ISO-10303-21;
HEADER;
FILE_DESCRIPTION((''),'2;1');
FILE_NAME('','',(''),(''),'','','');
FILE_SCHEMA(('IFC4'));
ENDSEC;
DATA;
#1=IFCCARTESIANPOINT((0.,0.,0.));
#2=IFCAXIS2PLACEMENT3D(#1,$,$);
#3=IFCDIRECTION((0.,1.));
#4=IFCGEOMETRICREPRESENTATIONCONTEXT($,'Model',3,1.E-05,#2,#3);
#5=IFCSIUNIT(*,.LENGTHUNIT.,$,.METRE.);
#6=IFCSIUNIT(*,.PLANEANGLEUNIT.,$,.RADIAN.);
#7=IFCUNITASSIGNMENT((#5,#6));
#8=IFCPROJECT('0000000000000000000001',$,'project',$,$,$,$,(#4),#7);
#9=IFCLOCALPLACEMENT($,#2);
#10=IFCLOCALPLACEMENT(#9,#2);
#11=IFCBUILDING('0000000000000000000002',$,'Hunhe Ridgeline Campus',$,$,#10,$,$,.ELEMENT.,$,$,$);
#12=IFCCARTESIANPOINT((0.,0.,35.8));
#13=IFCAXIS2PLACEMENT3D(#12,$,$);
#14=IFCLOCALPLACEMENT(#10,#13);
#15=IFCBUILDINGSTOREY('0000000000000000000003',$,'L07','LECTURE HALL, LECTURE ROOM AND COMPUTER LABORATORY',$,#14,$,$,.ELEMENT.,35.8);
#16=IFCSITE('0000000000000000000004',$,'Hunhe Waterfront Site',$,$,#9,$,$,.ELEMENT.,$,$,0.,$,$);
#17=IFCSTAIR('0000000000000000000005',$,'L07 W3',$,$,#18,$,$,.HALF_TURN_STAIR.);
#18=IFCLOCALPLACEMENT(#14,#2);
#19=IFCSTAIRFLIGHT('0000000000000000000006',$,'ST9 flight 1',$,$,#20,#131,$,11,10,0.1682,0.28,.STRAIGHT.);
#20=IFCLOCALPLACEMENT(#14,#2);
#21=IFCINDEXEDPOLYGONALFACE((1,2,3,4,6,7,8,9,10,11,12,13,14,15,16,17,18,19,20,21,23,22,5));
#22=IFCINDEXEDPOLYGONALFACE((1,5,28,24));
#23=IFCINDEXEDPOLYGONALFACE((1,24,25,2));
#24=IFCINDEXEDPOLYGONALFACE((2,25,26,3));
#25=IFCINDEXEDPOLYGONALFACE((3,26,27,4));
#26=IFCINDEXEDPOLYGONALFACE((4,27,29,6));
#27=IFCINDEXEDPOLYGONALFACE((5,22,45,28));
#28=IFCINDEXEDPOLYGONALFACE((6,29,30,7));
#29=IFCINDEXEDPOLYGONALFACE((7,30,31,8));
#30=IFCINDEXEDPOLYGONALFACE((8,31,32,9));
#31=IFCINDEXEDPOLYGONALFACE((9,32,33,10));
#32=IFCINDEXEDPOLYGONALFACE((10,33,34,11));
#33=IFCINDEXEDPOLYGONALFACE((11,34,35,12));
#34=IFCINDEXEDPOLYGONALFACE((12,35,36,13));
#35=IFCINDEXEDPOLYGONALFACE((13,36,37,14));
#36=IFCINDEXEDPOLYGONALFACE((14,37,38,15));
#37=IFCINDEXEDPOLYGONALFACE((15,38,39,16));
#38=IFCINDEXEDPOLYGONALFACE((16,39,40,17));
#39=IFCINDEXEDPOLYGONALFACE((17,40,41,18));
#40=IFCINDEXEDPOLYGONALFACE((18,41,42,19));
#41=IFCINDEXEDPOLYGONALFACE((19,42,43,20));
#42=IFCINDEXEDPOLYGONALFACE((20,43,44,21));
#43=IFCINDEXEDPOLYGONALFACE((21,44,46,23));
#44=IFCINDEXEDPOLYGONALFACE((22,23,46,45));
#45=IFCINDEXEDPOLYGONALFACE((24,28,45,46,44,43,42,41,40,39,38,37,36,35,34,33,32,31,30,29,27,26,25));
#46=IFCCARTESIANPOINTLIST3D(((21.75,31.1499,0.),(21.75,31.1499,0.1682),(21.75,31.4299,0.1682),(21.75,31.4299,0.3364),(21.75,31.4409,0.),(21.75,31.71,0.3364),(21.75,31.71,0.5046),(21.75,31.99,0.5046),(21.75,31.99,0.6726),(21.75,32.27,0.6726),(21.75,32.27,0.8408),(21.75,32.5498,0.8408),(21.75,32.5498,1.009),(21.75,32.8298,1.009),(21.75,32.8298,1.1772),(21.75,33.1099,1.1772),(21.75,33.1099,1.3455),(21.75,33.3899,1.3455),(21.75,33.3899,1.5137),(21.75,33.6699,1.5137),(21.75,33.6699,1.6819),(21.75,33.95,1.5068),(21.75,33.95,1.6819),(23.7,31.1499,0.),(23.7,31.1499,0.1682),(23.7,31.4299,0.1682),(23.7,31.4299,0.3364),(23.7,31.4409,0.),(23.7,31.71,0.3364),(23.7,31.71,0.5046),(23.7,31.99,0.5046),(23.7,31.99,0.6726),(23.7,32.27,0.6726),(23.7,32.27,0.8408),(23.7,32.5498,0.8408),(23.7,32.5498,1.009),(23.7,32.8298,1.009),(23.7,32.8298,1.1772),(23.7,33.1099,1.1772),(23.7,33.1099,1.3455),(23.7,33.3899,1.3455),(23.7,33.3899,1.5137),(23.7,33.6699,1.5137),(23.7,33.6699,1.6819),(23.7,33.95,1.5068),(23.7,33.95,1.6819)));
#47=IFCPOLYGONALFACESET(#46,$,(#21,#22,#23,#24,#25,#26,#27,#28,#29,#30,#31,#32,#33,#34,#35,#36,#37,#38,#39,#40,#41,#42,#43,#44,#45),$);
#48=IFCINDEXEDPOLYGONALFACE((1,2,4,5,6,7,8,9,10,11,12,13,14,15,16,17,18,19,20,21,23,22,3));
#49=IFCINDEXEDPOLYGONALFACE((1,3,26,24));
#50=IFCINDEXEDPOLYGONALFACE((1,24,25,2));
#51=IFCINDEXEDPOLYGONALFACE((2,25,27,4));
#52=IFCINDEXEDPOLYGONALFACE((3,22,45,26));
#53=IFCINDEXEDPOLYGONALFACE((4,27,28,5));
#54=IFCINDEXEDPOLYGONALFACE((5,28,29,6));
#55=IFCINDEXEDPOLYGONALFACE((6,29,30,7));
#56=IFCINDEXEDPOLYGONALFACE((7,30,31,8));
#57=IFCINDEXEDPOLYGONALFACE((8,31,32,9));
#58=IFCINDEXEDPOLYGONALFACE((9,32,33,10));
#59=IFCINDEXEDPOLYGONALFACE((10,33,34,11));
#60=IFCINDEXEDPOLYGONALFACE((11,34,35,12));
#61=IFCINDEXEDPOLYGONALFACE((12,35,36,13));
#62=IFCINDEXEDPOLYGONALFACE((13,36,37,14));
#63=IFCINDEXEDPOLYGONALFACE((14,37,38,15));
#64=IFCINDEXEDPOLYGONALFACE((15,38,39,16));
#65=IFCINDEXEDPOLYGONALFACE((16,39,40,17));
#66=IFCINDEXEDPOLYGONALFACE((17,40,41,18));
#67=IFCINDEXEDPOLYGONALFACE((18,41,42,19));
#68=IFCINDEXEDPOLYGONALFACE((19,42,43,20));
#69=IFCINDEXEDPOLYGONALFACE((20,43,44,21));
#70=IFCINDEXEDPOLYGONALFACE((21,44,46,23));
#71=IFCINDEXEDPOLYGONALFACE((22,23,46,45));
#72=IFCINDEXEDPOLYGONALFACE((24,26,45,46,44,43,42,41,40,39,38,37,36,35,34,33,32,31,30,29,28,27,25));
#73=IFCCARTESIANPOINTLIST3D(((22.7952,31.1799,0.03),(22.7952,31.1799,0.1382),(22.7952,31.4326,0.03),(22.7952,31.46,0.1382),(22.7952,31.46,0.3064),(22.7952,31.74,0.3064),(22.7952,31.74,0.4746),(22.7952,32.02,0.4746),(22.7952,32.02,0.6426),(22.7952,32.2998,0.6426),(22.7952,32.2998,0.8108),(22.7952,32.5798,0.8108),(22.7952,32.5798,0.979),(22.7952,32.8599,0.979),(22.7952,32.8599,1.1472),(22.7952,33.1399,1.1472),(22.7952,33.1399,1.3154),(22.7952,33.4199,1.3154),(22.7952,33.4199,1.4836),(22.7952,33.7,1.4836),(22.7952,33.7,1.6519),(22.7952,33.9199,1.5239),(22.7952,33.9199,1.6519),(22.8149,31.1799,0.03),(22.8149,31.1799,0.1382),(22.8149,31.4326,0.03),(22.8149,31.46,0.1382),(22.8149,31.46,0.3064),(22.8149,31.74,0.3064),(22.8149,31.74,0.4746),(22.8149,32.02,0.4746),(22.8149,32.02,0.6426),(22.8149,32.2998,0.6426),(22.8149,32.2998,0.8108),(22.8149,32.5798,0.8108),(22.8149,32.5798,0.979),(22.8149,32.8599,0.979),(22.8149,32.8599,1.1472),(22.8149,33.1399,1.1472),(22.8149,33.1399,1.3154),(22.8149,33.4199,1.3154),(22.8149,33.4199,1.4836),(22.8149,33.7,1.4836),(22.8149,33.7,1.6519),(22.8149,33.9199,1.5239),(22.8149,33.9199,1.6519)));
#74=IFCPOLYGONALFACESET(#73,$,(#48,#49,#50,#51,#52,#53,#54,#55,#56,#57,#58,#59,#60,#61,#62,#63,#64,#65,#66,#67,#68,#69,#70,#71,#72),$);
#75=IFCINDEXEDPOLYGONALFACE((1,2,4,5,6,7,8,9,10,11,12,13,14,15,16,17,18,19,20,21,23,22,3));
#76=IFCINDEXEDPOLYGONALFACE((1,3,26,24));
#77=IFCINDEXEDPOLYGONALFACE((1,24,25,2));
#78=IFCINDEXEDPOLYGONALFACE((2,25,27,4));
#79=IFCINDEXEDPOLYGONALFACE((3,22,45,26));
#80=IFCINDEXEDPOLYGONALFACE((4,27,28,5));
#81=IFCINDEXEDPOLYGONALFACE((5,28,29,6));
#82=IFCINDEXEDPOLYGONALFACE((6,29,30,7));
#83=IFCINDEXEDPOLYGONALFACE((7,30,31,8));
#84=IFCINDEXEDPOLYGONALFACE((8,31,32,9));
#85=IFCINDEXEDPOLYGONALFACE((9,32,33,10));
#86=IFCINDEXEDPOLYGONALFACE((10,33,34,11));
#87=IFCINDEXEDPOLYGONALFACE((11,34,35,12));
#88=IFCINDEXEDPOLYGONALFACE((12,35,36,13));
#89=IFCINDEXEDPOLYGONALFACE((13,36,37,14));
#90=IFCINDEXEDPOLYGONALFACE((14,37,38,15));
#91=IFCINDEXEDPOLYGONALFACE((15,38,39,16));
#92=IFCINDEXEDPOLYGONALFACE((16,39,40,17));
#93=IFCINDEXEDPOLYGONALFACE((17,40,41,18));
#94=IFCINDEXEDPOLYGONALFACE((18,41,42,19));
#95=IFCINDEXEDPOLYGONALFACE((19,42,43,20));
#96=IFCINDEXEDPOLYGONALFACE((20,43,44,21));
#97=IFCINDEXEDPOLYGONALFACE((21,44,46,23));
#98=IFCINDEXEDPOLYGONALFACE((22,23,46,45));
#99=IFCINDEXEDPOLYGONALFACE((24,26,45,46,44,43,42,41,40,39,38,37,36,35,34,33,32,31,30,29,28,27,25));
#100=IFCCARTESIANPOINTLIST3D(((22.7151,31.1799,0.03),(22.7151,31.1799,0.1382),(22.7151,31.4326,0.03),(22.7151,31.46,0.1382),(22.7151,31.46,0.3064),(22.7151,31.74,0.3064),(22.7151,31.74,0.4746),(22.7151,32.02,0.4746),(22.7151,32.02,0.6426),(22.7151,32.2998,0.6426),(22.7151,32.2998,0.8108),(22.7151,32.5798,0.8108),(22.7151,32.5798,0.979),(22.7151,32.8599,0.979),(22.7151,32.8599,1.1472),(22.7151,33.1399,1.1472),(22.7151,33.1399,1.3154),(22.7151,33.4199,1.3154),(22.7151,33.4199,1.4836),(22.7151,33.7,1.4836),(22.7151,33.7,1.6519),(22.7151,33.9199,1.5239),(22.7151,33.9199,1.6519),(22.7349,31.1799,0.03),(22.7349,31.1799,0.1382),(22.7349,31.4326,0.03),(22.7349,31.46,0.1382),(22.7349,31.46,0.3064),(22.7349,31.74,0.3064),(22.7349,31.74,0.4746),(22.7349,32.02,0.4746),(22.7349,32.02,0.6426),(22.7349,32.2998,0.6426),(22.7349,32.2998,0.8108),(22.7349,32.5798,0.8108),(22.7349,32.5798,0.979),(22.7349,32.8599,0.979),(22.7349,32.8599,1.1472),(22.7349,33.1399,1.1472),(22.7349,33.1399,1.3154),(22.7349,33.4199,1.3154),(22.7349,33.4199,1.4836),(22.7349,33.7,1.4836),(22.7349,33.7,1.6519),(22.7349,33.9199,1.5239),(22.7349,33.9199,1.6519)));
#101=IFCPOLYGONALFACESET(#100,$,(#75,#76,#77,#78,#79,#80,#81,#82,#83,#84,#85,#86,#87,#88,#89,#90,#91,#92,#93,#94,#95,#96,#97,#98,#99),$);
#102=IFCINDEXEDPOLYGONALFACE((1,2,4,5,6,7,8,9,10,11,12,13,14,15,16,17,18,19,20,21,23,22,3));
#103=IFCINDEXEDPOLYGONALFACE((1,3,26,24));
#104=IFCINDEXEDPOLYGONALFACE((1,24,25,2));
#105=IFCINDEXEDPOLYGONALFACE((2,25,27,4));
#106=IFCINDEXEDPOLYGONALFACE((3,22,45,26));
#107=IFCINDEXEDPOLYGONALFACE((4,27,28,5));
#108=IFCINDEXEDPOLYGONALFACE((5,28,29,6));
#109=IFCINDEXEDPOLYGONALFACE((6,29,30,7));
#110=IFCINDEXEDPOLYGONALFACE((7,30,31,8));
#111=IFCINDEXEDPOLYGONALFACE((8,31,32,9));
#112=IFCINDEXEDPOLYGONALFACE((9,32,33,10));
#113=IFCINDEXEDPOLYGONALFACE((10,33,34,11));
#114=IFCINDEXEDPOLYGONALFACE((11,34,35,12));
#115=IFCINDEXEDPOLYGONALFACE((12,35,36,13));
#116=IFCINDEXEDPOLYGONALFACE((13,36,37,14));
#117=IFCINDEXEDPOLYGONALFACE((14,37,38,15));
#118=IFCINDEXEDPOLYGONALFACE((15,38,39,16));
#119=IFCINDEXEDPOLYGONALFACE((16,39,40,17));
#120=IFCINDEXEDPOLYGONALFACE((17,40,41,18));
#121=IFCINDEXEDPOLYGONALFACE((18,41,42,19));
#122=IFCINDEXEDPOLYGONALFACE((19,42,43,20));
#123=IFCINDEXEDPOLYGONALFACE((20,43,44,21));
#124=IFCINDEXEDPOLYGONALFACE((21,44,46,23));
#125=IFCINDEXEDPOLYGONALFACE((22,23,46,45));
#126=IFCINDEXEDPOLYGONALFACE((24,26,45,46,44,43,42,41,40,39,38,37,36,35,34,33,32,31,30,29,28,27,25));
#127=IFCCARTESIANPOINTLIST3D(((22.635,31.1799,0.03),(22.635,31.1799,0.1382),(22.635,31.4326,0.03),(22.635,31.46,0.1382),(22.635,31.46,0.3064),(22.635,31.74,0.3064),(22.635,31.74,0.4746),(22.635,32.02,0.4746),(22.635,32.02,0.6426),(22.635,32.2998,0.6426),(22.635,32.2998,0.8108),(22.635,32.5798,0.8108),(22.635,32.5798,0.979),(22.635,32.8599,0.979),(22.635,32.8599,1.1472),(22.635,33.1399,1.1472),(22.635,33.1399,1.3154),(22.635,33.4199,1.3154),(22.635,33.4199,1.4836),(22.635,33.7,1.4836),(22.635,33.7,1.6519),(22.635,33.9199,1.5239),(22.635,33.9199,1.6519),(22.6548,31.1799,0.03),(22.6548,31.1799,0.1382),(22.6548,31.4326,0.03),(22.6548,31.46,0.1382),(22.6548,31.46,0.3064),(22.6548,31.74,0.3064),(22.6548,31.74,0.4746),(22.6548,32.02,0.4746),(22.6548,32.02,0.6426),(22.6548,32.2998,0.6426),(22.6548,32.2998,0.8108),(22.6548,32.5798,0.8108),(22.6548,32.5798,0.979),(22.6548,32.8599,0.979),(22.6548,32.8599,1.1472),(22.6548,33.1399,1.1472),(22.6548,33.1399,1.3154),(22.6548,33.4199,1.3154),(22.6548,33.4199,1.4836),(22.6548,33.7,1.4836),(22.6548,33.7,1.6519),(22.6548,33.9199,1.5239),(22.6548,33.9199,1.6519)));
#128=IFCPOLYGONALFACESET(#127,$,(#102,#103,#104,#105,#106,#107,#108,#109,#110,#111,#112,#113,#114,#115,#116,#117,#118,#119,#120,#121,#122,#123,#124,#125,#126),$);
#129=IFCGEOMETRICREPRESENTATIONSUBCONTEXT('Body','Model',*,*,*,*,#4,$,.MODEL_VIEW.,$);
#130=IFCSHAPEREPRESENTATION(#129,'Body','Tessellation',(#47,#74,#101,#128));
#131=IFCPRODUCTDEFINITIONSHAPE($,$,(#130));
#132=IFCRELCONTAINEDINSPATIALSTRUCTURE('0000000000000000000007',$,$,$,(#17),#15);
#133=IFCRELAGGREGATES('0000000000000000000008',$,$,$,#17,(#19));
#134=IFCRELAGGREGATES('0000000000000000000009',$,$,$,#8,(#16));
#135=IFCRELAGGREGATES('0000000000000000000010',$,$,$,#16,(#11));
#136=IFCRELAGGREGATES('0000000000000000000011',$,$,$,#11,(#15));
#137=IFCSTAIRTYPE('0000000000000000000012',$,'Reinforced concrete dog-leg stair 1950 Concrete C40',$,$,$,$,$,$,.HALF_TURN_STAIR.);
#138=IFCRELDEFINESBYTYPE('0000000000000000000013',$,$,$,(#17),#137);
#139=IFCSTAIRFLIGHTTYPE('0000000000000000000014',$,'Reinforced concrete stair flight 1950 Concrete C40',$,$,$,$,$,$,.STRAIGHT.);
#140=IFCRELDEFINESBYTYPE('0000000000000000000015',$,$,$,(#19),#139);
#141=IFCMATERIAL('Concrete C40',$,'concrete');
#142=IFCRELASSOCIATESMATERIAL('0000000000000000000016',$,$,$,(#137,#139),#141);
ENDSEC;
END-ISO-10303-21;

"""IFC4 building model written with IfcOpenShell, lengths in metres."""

from ifc_helpers import new_model, si_unit, direction, frame, origin, place, context, subcontext, project, spatial, polyline, outline, extrude, material, type_object, element, aggregate, save


model = new_model("IFC4")

# Units and contexts
model_context = context("Model", 3, precision=1e-05, world=origin(), true_north=direction((0.0, 1.0)))
body_context = subcontext(model_context, "Body", "Model", "MODEL_VIEW")
ifc_project = project(units=[si_unit("LENGTHUNIT", "METRE"), si_unit("PLANEANGLEUNIT", "RADIAN")], contexts=[model_context])

# Site, building, storey
site_placement = place(None, origin())
site = spatial("IfcSite", under=ifc_project, at=site_placement, Name="Hunhe Waterfront Site", CompositionType="ELEMENT", RefElevation=0.0)
building_placement = place(site_placement, origin())
building = spatial("IfcBuilding", under=site, at=building_placement, Name="Hunhe Ridgeline Campus", CompositionType="ELEMENT")
storey_placement = place(building_placement, frame((0.0, 0.0, 35.8)))
storey = spatial("IfcBuildingStorey", under=building, at=storey_placement, Name="L07", Description="LECTURE HALL, LECTURE ROOM AND COMPUTER LABORATORY", CompositionType="ELEMENT", Elevation=35.8)

# Stair, stair flight
ifc_material_1 = material(Name="Concrete C40", Category="concrete")
stair_type = type_object("IfcStairType", Name="Reinforced concrete dog-leg stair 1950 Concrete C40", PredefinedType="HALF_TURN_STAIR", material=ifc_material_1)
stair_placement = place(storey_placement, origin())
stair = element("IfcStair", 1, at=stair_placement, inside=storey, type_object=stair_type, Name="L07 W3", PredefinedType="HALF_TURN_STAIR")
stair_flight_type = type_object("IfcStairFlightType", Name="Reinforced concrete stair flight 1950 Concrete C40", PredefinedType="STRAIGHT", material=ifc_material_1)
stair_flight_1_placement = place(storey_placement, frame((22.7251, 31.1499, 0.0), z_axis=(0.0, 0.0, 1.0), x_axis=(0.0, 1.0, 0.0)))
stair_flight_1 = element("IfcStairFlight", 2, at=stair_flight_1_placement, type_object=stair_flight_type, Name="ST9 flight 1", NumberOfRisers=11, NumberOfTreads=10, PredefinedType="STRAIGHT", RiserHeight=0.1682, TreadLength=0.28, context=body_context, shape_type="SweptSolid", body=[
    extrude(outline(polyline([(0.0, 0.0), (0.0, 0.1682), (0.28, 0.1682), (0.28, 0.3364), (0.5601, 0.3364), (0.5601, 0.5046), (0.8401, 0.5046), (0.8401, 0.6726), (1.1201, 0.6726), (1.1201, 0.8408), (1.3999, 0.8408), (1.3999, 1.009), (1.6799, 1.009), (1.6799, 1.1772), (1.96, 1.1772), (1.96, 1.3455), (2.24, 1.3455), (2.24, 1.5137), (2.52, 1.5137), (2.52, 1.6819), (2.8, 1.6819), (2.8, 1.8501), (2.8, 1.5068), (0.291, 0.0), (0.0, 0.0)])), frame((0.0, 0.9751, 0.0), z_axis=(0.0, -1.0, 0.0), x_axis=(1.0, 0.0, 0.0)), (0.0, 0.0, 1.0), 1.95),
    extrude(outline(polyline([(0.03, 0.03), (0.03, 0.1382), (0.3101, 0.1382), (0.3101, 0.3064), (0.5901, 0.3064), (0.5901, 0.4746), (0.8701, 0.4746), (0.8701, 0.6426), (1.1499, 0.6426), (1.1499, 0.8108), (1.4299, 0.8108), (1.4299, 0.979), (1.71, 0.979), (1.71, 1.1472), (1.99, 1.1472), (1.99, 1.3154), (2.27, 1.3154), (2.27, 1.4836), (2.55, 1.4836), (2.55, 1.6519), (2.77, 1.6519), (2.77, 1.5239), (0.2827, 0.03), (0.03, 0.03)])), frame((0.0, -0.0701, 0.0), z_axis=(0.0, -1.0, 0.0), x_axis=(1.0, 0.0, 0.0)), (0.0, 0.0, 1.0), 0.0198),
    extrude(outline(polyline([(0.03, 0.03), (0.03, 0.1382), (0.3101, 0.1382), (0.3101, 0.3064), (0.5901, 0.3064), (0.5901, 0.4746), (0.8701, 0.4746), (0.8701, 0.6426), (1.1499, 0.6426), (1.1499, 0.8108), (1.4299, 0.8108), (1.4299, 0.979), (1.71, 0.979), (1.71, 1.1472), (1.99, 1.1472), (1.99, 1.3154), (2.27, 1.3154), (2.27, 1.4836), (2.55, 1.4836), (2.55, 1.6519), (2.77, 1.6519), (2.77, 1.5239), (0.2827, 0.03), (0.03, 0.03)])), frame((0.0, 0.01, 0.0), z_axis=(0.0, -1.0, 0.0), x_axis=(1.0, 0.0, 0.0)), (0.0, 0.0, 1.0), 0.0198),
    extrude(outline(polyline([(0.03, 0.03), (0.03, 0.1382), (0.3101, 0.1382), (0.3101, 0.3064), (0.5901, 0.3064), (0.5901, 0.4746), (0.8701, 0.4746), (0.8701, 0.6426), (1.1499, 0.6426), (1.1499, 0.8108), (1.4299, 0.8108), (1.4299, 0.979), (1.71, 0.979), (1.71, 1.1472), (1.99, 1.1472), (1.99, 1.3154), (2.27, 1.3154), (2.27, 1.4836), (2.55, 1.4836), (2.55, 1.6519), (2.77, 1.6519), (2.77, 1.5239), (0.2827, 0.03), (0.03, 0.03)])), frame((0.0, 0.0901, 0.0), z_axis=(0.0, -1.0, 0.0), x_axis=(1.0, 0.0, 0.0)), (0.0, 0.0, 1.0), 0.0198),
])
aggregate(stair, [stair_flight_1])

save(model, "model.ifc")
